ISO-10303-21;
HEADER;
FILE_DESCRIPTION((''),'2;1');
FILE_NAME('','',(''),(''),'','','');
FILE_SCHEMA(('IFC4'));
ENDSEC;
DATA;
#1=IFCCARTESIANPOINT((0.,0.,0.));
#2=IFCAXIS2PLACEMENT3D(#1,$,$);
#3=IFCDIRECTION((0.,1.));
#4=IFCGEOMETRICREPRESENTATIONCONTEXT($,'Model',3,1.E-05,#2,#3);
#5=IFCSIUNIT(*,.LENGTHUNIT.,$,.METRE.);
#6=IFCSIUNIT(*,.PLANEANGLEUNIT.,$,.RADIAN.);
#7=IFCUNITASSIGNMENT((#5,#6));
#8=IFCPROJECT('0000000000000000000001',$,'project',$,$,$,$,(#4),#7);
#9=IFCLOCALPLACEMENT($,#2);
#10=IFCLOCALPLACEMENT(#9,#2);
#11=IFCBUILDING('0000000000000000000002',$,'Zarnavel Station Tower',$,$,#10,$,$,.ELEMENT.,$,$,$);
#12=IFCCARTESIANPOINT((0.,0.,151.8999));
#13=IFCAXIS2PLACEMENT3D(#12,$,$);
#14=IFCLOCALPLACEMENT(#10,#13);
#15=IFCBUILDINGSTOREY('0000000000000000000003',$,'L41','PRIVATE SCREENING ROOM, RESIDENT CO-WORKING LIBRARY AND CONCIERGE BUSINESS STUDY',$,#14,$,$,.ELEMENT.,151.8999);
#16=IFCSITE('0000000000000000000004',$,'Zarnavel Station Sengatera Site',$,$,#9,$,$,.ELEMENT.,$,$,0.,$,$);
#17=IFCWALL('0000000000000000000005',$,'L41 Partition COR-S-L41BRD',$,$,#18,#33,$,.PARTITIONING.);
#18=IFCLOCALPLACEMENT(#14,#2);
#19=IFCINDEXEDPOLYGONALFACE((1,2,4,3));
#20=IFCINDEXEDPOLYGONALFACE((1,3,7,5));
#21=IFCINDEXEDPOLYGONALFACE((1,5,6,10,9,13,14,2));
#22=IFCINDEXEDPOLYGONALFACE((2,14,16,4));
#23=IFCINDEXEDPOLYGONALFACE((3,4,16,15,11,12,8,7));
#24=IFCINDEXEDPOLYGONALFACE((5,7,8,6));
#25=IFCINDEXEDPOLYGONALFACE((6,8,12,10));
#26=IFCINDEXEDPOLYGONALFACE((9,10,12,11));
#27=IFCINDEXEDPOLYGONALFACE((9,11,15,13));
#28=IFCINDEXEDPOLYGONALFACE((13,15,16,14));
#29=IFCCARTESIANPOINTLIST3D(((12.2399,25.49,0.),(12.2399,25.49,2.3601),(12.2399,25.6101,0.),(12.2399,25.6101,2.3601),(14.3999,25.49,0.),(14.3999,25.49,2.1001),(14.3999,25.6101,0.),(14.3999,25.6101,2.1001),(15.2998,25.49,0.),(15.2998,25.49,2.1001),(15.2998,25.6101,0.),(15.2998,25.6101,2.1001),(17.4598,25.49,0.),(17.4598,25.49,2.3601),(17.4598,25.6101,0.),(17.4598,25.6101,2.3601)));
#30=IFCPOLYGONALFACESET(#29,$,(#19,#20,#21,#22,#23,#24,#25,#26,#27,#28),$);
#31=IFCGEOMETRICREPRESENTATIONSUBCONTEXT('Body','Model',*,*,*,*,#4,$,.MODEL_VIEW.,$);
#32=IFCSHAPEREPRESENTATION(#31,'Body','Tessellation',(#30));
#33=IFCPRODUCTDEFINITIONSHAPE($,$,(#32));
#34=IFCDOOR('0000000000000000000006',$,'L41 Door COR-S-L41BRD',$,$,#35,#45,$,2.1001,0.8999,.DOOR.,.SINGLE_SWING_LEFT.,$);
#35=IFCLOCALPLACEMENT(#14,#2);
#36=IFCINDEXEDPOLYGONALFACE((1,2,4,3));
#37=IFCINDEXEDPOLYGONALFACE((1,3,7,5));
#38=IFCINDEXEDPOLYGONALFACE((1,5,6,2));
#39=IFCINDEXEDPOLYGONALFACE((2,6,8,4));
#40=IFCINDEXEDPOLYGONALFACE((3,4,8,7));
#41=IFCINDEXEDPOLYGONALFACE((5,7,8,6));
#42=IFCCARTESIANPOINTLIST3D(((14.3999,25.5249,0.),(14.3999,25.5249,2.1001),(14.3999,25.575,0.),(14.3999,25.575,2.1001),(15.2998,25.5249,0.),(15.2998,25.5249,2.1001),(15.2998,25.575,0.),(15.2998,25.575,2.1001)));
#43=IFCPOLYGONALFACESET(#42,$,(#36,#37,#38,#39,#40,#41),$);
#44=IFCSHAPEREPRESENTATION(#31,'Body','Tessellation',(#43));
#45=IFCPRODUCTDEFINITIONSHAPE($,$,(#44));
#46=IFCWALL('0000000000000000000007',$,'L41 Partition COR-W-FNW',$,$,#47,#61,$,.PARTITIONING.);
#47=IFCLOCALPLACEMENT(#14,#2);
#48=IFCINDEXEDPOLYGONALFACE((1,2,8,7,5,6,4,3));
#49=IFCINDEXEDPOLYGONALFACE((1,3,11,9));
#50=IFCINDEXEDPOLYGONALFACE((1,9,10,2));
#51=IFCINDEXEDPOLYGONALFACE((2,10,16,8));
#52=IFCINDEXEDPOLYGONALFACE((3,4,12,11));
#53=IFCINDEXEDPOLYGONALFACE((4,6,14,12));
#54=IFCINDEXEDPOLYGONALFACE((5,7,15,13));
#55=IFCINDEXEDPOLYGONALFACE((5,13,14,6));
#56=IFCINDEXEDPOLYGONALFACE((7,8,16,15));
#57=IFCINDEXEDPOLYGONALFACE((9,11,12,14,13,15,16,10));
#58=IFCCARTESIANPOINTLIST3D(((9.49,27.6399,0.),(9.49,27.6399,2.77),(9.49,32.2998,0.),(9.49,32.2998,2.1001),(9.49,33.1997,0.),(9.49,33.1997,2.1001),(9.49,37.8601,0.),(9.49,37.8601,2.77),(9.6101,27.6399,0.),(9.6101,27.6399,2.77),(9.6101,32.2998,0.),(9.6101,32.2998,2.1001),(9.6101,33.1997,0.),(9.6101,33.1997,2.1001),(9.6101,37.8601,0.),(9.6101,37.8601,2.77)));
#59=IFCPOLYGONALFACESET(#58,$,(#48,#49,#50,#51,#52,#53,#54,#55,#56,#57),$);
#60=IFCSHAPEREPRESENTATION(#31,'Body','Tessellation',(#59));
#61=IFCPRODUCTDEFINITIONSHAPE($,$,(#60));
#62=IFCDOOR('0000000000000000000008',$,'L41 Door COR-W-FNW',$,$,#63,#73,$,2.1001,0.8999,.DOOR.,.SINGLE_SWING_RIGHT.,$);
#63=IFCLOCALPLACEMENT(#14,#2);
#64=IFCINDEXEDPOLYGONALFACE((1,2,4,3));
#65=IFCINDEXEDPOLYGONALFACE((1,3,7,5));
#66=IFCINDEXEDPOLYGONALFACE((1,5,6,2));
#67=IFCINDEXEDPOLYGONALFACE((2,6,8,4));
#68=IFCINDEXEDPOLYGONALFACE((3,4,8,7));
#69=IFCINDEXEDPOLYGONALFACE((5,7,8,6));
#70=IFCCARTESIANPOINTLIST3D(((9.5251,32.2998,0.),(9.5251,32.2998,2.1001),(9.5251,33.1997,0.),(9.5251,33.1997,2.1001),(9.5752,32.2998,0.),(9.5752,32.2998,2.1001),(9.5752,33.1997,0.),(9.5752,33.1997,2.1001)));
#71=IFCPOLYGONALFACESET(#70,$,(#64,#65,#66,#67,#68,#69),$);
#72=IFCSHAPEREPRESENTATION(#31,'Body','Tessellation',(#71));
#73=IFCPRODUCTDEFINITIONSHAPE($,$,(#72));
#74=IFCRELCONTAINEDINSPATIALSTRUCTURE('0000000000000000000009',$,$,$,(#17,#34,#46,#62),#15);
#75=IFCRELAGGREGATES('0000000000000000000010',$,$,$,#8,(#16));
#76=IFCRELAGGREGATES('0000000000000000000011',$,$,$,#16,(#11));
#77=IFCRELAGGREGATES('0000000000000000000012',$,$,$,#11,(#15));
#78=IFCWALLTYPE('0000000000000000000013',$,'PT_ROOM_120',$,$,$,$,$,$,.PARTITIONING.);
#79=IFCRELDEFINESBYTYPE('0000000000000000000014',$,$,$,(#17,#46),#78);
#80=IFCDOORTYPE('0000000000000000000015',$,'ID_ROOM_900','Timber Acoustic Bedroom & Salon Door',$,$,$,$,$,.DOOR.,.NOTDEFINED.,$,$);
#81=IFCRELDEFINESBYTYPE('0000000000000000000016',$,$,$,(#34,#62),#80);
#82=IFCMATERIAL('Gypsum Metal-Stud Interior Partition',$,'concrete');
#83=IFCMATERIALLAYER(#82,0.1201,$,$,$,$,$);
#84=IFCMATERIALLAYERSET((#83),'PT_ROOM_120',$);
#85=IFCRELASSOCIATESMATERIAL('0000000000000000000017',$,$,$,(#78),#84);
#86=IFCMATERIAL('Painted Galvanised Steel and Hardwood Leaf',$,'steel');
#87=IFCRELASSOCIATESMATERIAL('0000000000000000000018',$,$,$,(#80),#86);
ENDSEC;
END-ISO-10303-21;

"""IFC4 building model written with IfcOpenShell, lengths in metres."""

from ifc_helpers import new_model, si_unit, direction, frame, frame_2d, origin, place, context, subcontext, project, spatial, rectangle, extrude, material, layer, layer_set, type_object, element, fill, save


model = new_model("IFC4")

# Units and contexts
model_context = context("Model", 3, precision=1e-05, world=origin(), true_north=direction((0.0, 1.0)))
body_context = subcontext(model_context, "Body", "Model", "MODEL_VIEW")
ifc_project = project(units=[si_unit("LENGTHUNIT", "METRE"), si_unit("PLANEANGLEUNIT", "RADIAN")], contexts=[model_context])

# Site, building, storey
site_placement = place(None, origin())
site = spatial("IfcSite", under=ifc_project, at=site_placement, Name="Zarnavel Station Sengatera Site", CompositionType="ELEMENT", RefElevation=0.0)
building_placement = place(site_placement, origin())
building = spatial("IfcBuilding", under=site, at=building_placement, Name="Zarnavel Station Tower", CompositionType="ELEMENT")
storey_placement = place(building_placement, frame((0.0, 0.0, 151.8999)))
storey = spatial("IfcBuildingStorey", under=building, at=storey_placement, Name="L41", Description="PRIVATE SCREENING ROOM, RESIDENT CO-WORKING LIBRARY AND CONCIERGE BUSINESS STUDY", CompositionType="ELEMENT", Elevation=151.8999)

# Walls, openings, doors
ifc_material_1 = material(Name="Gypsum Metal-Stud Interior Partition", Category="concrete")
ifc_layer_1 = layer(ifc_material_1, 0.1201)
ifc_layer_set_1 = layer_set([ifc_layer_1], Name="PT_ROOM_120")
wall_type_1 = type_object("IfcWallType", Name="PT_ROOM_120", PredefinedType="PARTITIONING", material=ifc_layer_set_1)
ifc_material_2 = material(Name="Painted Galvanised Steel and Hardwood Leaf", Category="steel")
door_type_1 = type_object("IfcDoorType", Name="ID_ROOM_900", Description="Timber Acoustic Bedroom & Salon Door", OperationType="NOTDEFINED", PredefinedType="DOOR", material=ifc_material_2)
wall_1_placement = place(storey_placement, frame((12.24, 25.55, 0.0), z_axis=(0.0, 0.0, 1.0), x_axis=(1.0, 0.0, 0.0)))
wall_1 = element("IfcWall", 1, at=wall_1_placement, inside=storey, type_object=wall_type_1, Name="L41 Partition COR-S-L41BRD", PredefinedType="PARTITIONING", context=body_context, shape_type="SweptSolid", body=[
    extrude(rectangle(XDim=5.22, YDim=0.1201, at=frame_2d((2.6099, 0.0))), origin(), (0.0, 0.0, 1.0), 2.3601),
])
opening_1_placement = place(wall_1_placement, frame((2.1599, 0.0, 0.0)))
opening_1 = element("IfcOpeningElement", 2, at=opening_1_placement, cuts=wall_1, PredefinedType="OPENING", context=body_context, shape_type="SweptSolid", body=[
    extrude(rectangle(XDim=0.8999, YDim=2.1001, at=frame_2d((0.45, 1.05))), frame((0.0, 0.0701, 0.0), z_axis=(0.0, -1.0, 0.0), x_axis=(1.0, 0.0, 0.0)), (0.0, 0.0, 1.0), 0.1401),
])
door_1_placement = place(opening_1_placement, origin())
door_1 = element("IfcDoor", 3, at=door_1_placement, inside=storey, type_object=door_type_1, Name="L41 Door COR-S-L41BRD", OperationType="SINGLE_SWING_LEFT", OverallHeight=2.1001, OverallWidth=0.8999, PredefinedType="DOOR", context=body_context, shape_type="SweptSolid", body=[
    extrude(rectangle(XDim=0.8999, YDim=2.1001, at=frame_2d((0.45, 1.05))), frame((0.0, 0.0249, 0.0), z_axis=(0.0, -1.0, 0.0), x_axis=(1.0, 0.0, 0.0)), (0.0, 0.0, 1.0), 0.05),
])
fill(opening_1, door_1)
wall_2_placement = place(storey_placement, frame((9.55, 27.6399, 0.0), z_axis=(0.0, 0.0, 1.0), x_axis=(0.0, 1.0, 0.0)))
wall_2 = element("IfcWall", 4, at=wall_2_placement, inside=storey, type_object=wall_type_1, Name="L41 Partition COR-W-FNW", PredefinedType="PARTITIONING", context=body_context, shape_type="SweptSolid", body=[
    extrude(rectangle(XDim=10.2202, YDim=0.1201, at=frame_2d((5.1101, 0.0))), origin(), (0.0, 0.0, 1.0), 2.77),
])
opening_2_placement = place(wall_2_placement, frame((4.6599, 0.0, 0.0)))
opening_2 = element("IfcOpeningElement", 5, at=opening_2_placement, cuts=wall_2, PredefinedType="OPENING", context=body_context, shape_type="SweptSolid", body=[
    extrude(rectangle(XDim=0.8999, YDim=2.1001, at=frame_2d((0.45, 1.05))), frame((0.0, 0.0701, 0.0), z_axis=(0.0, -1.0, 0.0), x_axis=(1.0, 0.0, 0.0)), (0.0, 0.0, 1.0), 0.1401),
])
door_2_placement = place(opening_2_placement, origin())
door_2 = element("IfcDoor", 6, at=door_2_placement, inside=storey, type_object=door_type_1, Name="L41 Door COR-W-FNW", OperationType="SINGLE_SWING_RIGHT", OverallHeight=2.1001, OverallWidth=0.8999, PredefinedType="DOOR", context=body_context, shape_type="SweptSolid", body=[
    extrude(rectangle(XDim=0.8999, YDim=2.1001, at=frame_2d((0.45, 1.05))), frame((0.0, 0.0249, 0.0), z_axis=(0.0, -1.0, 0.0), x_axis=(1.0, 0.0, 0.0)), (0.0, 0.0, 1.0), 0.05),
])
fill(opening_2, door_2)

save(model, "model.ifc")
